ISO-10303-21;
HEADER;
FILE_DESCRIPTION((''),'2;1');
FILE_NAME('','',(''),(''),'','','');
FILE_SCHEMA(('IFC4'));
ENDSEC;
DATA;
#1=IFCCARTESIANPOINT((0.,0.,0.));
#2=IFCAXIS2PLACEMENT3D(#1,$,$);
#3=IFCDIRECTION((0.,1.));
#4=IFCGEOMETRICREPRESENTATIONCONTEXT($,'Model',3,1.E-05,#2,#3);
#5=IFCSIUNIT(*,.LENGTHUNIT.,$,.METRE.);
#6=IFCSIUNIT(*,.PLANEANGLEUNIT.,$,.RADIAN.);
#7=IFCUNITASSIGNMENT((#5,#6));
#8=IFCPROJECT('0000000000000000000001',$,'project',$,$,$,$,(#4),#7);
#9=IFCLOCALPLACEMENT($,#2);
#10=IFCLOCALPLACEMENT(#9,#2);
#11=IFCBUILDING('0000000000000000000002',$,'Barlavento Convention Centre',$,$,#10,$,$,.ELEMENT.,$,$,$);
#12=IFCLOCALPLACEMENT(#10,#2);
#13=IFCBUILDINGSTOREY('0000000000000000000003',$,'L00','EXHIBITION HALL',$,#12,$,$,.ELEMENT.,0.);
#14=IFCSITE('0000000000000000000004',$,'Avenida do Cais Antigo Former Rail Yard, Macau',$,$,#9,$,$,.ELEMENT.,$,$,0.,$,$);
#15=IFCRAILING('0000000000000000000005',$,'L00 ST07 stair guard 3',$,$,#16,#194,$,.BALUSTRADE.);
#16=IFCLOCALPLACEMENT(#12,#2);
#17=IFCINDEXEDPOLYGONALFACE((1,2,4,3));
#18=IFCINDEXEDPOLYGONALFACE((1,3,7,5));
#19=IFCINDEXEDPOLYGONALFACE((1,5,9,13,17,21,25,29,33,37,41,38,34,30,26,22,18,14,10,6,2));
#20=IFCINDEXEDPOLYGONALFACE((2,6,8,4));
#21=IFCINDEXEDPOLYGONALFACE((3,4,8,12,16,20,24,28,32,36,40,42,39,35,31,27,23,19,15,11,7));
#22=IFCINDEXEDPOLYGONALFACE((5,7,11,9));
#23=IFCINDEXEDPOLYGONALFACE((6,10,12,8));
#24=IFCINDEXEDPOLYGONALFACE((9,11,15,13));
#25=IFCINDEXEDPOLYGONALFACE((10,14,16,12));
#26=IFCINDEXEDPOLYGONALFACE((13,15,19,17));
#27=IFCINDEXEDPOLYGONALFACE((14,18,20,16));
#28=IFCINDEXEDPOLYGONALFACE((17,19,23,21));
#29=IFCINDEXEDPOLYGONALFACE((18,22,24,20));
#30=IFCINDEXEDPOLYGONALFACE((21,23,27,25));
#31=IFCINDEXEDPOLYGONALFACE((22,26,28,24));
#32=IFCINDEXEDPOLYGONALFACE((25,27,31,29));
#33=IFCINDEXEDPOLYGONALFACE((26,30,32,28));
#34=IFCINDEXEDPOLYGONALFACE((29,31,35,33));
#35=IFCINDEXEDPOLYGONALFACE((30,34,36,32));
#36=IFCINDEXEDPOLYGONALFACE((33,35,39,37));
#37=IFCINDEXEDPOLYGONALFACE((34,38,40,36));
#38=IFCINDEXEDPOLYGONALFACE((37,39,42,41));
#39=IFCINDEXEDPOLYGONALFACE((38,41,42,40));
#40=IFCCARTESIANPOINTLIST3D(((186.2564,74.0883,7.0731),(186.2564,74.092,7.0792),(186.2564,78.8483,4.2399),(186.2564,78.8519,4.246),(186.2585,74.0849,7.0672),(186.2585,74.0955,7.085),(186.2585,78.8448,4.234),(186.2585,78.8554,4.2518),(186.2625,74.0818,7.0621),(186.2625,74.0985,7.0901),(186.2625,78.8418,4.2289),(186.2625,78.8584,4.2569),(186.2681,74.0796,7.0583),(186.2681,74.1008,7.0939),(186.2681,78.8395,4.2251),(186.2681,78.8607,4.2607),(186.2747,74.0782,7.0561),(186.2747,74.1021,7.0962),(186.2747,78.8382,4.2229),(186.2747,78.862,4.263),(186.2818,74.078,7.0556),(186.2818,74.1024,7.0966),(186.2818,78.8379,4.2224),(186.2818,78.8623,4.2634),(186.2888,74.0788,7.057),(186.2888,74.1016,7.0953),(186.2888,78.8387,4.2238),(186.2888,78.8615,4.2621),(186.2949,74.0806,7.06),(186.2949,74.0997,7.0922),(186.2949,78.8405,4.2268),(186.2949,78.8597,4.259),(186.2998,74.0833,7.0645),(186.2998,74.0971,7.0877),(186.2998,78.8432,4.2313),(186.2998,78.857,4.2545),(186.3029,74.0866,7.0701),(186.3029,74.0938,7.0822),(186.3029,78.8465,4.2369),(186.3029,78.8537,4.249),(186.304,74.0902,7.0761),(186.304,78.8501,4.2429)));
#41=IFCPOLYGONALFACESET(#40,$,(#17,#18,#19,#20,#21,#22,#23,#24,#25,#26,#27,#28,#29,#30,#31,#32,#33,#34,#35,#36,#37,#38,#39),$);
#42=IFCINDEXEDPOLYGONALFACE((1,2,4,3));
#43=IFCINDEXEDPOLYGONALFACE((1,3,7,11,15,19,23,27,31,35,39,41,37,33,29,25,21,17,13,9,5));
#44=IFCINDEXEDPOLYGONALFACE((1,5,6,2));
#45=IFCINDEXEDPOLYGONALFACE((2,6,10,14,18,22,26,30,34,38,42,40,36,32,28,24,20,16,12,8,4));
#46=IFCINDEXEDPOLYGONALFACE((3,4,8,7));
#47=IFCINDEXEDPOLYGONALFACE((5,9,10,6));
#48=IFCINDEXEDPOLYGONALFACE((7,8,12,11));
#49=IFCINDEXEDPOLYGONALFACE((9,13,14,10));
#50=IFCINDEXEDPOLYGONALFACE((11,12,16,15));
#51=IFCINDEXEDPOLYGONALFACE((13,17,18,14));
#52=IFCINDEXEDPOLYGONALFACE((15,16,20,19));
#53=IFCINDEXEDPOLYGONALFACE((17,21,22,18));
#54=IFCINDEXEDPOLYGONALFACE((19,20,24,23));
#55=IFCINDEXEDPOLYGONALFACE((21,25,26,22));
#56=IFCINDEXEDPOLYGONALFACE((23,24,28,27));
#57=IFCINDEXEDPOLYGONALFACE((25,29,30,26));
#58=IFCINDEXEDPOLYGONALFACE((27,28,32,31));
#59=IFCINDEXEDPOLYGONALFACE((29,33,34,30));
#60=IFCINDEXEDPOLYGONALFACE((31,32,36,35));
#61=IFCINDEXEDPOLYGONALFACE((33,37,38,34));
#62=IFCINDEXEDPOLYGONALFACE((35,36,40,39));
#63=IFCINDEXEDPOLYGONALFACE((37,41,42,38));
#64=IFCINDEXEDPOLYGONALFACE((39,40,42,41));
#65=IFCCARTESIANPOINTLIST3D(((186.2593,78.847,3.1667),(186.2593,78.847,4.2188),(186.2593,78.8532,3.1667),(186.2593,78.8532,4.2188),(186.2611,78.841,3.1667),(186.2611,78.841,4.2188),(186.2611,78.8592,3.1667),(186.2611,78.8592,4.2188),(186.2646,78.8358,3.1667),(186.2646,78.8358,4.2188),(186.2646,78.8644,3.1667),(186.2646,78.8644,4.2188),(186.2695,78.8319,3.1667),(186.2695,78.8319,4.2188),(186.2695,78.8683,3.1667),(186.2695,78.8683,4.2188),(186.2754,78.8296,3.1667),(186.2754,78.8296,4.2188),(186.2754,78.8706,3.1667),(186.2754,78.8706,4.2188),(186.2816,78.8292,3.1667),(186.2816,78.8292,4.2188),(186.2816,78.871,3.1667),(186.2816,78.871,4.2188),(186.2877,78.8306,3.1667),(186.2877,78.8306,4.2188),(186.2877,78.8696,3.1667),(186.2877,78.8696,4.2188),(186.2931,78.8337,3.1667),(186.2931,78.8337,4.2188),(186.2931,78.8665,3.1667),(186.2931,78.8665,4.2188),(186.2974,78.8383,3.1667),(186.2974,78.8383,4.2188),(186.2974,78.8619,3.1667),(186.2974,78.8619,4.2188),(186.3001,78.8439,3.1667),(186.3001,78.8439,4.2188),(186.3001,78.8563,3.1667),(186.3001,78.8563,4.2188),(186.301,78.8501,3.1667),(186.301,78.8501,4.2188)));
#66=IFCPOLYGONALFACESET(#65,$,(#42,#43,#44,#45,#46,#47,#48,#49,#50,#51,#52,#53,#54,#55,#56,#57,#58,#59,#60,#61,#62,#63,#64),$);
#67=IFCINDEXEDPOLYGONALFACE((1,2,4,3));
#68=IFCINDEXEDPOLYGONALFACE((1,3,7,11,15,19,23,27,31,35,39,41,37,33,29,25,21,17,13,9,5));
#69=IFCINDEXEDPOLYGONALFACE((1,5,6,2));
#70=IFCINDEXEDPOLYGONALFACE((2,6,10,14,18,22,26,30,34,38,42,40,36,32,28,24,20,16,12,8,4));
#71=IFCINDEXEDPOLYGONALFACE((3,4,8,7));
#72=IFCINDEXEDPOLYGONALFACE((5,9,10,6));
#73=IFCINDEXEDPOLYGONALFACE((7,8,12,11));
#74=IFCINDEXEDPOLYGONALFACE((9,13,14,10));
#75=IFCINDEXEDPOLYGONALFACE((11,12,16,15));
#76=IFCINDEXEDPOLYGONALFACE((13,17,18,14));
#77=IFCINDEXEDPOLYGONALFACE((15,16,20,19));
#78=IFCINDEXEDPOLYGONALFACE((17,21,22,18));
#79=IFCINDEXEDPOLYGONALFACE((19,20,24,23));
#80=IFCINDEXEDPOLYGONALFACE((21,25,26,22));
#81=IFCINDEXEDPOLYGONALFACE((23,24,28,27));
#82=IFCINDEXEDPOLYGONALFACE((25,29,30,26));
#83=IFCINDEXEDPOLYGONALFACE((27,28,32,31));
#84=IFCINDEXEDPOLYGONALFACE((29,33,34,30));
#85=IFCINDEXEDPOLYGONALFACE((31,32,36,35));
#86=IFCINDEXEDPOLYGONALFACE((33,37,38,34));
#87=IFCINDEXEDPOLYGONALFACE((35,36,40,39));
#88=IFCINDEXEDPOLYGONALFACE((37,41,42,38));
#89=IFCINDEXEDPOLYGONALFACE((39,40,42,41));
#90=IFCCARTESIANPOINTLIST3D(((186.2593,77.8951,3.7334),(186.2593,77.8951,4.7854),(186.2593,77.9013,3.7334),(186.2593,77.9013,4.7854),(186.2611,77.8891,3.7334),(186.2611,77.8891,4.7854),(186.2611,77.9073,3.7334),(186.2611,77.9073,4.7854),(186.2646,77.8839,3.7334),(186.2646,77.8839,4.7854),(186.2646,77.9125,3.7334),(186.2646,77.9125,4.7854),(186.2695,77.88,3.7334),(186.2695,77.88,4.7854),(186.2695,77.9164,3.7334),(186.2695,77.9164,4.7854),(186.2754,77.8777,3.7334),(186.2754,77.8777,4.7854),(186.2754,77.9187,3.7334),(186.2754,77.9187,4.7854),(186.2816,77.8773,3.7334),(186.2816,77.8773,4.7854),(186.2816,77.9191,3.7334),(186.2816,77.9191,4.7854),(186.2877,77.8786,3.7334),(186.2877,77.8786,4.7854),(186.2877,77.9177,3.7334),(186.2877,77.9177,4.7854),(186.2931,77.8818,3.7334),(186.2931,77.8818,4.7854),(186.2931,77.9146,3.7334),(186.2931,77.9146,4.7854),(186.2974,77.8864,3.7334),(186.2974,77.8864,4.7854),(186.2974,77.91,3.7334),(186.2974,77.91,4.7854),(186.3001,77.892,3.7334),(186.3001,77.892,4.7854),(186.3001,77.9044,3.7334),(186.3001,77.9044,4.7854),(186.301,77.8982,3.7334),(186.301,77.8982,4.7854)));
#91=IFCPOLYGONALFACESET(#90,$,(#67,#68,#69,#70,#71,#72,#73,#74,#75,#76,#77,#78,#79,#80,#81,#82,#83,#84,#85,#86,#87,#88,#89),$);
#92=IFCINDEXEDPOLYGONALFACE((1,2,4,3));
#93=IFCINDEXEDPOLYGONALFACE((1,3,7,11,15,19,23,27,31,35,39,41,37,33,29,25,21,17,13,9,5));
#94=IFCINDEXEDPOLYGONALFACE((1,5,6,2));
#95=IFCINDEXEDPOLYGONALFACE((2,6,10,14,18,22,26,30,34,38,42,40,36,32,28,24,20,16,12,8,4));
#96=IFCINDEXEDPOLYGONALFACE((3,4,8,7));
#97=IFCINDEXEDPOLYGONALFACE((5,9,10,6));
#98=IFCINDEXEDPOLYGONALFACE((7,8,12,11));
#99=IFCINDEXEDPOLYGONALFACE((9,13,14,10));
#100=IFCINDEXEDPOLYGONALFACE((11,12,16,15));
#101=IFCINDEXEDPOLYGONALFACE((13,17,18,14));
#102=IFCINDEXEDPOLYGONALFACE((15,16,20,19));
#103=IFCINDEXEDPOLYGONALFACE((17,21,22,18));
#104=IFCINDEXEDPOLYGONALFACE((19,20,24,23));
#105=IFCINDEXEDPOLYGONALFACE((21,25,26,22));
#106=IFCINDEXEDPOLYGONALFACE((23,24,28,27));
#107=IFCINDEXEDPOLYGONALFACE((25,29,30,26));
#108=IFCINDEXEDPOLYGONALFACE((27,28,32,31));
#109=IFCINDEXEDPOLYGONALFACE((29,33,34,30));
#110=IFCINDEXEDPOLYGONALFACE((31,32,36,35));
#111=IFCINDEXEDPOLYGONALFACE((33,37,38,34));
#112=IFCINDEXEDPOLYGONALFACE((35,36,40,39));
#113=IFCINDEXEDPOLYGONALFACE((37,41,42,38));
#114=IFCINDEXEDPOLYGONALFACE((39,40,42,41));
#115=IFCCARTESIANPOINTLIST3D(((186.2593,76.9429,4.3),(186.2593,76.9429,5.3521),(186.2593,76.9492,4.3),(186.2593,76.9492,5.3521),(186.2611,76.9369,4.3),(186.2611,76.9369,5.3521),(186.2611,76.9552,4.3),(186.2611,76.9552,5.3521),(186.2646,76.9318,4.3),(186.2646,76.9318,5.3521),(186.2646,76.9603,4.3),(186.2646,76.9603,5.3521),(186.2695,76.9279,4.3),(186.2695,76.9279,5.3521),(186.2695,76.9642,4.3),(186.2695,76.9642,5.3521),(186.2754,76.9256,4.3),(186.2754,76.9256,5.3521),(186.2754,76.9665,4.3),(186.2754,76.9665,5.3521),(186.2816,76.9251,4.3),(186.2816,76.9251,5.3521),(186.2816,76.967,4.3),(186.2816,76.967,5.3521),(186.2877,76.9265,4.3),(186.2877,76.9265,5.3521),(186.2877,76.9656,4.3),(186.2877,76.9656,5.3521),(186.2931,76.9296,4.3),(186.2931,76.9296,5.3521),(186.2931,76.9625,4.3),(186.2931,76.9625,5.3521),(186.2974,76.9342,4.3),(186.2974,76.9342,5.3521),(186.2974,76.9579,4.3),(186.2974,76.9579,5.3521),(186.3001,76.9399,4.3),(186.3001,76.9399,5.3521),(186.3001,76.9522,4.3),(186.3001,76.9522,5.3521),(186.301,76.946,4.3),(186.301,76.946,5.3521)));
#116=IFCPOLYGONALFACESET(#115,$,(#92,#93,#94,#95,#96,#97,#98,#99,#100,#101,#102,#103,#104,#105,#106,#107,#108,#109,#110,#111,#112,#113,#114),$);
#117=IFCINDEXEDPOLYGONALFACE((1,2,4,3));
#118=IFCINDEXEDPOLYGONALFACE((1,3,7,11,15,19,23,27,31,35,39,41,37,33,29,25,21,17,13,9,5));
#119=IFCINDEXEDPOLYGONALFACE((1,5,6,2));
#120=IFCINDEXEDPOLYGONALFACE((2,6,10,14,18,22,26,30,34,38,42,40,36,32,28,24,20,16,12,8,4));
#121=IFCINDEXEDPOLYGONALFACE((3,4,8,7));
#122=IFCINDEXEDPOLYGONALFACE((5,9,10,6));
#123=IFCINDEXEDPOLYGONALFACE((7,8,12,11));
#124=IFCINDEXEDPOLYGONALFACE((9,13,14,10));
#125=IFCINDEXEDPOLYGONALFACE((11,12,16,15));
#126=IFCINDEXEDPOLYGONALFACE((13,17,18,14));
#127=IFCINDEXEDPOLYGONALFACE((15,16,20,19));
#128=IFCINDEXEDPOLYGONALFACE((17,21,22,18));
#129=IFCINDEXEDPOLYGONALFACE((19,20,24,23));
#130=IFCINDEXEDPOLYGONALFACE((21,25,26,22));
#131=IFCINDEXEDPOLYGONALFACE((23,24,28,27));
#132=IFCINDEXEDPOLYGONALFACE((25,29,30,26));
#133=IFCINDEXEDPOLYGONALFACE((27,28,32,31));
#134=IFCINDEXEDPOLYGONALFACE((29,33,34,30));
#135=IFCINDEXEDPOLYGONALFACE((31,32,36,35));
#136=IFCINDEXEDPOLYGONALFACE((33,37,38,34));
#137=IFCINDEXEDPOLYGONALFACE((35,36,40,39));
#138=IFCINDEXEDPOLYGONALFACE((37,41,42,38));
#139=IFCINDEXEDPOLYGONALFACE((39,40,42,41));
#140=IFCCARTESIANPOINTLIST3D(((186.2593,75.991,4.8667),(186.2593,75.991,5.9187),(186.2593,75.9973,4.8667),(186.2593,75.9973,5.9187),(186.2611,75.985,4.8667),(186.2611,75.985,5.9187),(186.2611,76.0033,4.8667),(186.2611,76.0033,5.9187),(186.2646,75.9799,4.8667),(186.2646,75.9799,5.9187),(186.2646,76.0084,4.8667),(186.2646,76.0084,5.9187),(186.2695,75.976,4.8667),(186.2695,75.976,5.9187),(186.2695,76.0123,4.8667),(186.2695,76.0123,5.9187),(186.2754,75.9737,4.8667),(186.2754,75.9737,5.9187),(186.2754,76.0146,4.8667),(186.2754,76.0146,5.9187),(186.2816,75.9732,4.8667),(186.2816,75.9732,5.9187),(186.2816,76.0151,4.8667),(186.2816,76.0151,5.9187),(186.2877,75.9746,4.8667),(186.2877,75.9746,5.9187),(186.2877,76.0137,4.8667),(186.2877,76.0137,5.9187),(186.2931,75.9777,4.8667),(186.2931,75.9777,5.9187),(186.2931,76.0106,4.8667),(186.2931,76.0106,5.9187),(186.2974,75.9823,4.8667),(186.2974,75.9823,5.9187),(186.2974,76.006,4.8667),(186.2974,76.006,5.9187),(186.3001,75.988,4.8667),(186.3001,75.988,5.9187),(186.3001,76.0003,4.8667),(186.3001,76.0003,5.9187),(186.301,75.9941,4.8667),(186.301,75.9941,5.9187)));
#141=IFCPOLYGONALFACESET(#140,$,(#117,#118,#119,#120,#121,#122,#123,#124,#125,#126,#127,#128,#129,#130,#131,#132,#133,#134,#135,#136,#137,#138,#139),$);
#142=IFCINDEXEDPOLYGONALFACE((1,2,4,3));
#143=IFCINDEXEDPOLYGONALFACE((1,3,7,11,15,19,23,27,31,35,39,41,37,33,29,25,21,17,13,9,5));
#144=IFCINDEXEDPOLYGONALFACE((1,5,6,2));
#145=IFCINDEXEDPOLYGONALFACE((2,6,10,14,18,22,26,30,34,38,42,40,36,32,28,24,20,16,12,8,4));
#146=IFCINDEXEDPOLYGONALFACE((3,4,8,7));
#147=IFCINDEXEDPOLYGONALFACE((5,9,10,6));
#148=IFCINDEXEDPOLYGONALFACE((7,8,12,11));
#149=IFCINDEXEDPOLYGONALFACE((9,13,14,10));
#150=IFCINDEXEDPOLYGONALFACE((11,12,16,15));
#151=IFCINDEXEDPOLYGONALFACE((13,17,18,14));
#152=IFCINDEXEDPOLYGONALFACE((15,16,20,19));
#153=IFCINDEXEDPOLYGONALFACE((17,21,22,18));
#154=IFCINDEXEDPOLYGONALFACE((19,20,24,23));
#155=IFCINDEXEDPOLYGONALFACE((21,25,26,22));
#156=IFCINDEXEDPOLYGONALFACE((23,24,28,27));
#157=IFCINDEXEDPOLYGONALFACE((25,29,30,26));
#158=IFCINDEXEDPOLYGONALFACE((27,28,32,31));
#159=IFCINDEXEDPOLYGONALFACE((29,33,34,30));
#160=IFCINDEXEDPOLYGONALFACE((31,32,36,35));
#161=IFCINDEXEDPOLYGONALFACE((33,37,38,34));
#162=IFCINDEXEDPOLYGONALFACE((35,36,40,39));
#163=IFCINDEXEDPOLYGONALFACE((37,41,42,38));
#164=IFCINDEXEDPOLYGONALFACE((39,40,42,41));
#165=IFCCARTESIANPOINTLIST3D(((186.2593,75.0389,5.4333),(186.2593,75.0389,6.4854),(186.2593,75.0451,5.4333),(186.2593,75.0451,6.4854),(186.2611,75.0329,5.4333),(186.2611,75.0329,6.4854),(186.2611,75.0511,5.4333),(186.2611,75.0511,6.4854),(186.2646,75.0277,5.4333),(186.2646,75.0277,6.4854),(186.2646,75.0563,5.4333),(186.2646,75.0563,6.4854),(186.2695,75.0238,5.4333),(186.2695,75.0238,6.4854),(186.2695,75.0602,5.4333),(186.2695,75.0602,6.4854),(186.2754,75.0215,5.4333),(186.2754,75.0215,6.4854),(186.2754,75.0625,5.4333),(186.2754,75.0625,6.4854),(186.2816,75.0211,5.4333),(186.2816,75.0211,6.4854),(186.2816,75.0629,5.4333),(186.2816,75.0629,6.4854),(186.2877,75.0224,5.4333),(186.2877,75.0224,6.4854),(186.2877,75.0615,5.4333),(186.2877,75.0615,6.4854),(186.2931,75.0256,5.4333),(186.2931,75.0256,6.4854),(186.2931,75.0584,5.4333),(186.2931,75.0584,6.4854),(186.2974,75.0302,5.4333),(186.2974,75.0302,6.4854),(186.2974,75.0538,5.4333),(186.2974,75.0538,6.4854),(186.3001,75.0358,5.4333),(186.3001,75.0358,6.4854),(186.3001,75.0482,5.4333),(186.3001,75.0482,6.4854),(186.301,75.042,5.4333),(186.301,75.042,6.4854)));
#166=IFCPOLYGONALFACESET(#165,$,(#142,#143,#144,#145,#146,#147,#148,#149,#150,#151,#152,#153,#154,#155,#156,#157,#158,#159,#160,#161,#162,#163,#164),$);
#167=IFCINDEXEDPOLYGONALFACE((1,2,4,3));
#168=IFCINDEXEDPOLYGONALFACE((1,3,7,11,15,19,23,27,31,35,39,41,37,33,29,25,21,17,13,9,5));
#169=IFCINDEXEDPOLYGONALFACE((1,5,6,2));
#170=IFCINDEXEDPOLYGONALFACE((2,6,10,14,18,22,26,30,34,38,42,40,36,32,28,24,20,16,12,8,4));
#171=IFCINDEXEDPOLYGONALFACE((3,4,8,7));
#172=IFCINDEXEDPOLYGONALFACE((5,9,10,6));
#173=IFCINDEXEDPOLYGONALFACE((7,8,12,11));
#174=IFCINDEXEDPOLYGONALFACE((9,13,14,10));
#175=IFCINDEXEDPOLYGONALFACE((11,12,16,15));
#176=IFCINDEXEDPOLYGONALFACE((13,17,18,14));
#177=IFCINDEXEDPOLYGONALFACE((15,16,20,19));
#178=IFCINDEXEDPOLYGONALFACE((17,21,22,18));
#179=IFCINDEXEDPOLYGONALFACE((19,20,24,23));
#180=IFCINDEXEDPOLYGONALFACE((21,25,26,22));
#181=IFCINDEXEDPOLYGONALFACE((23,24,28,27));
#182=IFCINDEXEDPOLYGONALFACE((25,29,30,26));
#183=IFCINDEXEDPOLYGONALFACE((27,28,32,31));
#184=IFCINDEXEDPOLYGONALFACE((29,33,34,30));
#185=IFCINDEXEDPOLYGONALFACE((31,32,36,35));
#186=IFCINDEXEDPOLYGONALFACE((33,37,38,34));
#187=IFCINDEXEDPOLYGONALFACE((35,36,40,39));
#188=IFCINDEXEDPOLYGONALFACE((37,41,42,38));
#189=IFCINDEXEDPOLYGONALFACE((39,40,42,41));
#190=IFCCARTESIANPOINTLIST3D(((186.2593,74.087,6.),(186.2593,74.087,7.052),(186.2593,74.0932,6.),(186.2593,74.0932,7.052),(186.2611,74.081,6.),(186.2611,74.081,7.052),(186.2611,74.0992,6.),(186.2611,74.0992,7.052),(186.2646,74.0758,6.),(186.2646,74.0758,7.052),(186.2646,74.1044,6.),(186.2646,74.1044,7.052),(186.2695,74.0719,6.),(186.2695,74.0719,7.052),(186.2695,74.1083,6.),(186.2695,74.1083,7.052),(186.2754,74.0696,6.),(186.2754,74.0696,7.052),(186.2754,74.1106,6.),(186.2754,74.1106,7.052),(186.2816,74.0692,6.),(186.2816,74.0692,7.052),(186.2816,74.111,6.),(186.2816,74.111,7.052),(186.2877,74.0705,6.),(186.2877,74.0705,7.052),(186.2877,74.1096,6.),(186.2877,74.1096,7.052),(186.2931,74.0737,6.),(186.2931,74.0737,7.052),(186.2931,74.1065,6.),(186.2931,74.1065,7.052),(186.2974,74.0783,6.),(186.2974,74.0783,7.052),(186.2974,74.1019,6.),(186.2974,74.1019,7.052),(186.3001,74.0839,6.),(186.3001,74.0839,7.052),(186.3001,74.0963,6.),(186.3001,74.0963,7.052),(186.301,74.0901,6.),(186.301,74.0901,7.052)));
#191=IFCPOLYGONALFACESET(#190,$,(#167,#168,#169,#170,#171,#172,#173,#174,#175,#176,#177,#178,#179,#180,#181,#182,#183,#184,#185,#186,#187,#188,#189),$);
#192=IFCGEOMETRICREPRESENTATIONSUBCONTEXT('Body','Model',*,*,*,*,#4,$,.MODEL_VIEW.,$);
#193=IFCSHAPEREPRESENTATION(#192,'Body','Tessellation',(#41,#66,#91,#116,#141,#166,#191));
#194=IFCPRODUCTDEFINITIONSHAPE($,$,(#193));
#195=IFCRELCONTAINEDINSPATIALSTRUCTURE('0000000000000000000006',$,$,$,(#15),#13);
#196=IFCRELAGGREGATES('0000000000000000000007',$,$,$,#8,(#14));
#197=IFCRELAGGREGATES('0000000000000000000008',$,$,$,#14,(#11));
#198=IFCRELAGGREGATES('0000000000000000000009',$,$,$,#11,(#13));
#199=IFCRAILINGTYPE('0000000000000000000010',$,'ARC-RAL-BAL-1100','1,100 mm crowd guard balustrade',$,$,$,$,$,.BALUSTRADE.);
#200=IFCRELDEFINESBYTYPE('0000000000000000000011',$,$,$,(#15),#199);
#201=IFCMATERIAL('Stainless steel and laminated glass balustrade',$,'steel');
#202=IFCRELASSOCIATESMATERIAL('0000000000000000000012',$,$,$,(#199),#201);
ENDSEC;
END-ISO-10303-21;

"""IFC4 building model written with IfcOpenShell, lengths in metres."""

from ifc_helpers import new_model, si_unit, direction, frame, origin, origin_2d, place, context, subcontext, project, spatial, circle, extrude, material, type_object, element, save


model = new_model("IFC4")

# Units and contexts
model_context = context("Model", 3, precision=1e-05, world=origin(), true_north=direction((0.0, 1.0)))
body_context = subcontext(model_context, "Body", "Model", "MODEL_VIEW")
ifc_project = project(units=[si_unit("LENGTHUNIT", "METRE"), si_unit("PLANEANGLEUNIT", "RADIAN")], contexts=[model_context])

# Site, building, storey
site_placement = place(None, origin())
site = spatial("IfcSite", under=ifc_project, at=site_placement, Name="Avenida do Cais Antigo Former Rail Yard, Macau", CompositionType="ELEMENT", RefElevation=0.0)
building_placement = place(site_placement, origin())
building = spatial("IfcBuilding", under=site, at=building_placement, Name="Barlavento Convention Centre", CompositionType="ELEMENT")
storey_placement = place(building_placement, origin())
storey = spatial("IfcBuildingStorey", under=building, at=storey_placement, Name="L00", Description="EXHIBITION HALL", CompositionType="ELEMENT", Elevation=0.0)

# Railing
ifc_material_1 = material(Name="Stainless steel and laminated glass balustrade", Category="steel")
railing_type = type_object("IfcRailingType", Name="ARC-RAL-BAL-1100", Description="1,100 mm crowd guard balustrade", PredefinedType="BALUSTRADE", material=ifc_material_1)
railing_1_placement = place(storey_placement, frame((186.28, 78.8501, 3.1667)))
element("IfcRailing", 1, at=railing_1_placement, inside=storey, type_object=railing_type, Name="L00 ST07 stair guard 3", PredefinedType="BALUSTRADE", context=body_context, shape_type="SweptSolid", body=[
    extrude(circle(Radius=0.0239, at=origin_2d()), frame((0.0, 0.0, 1.0762), z_axis=(0.0, -0.8593, 0.511472), x_axis=(1.0, 0.0, 0.0)), (0.0, 0.0, 1.0), 5.5393),
    extrude(circle(Radius=0.021, at=origin_2d()), origin(), (0.0, 0.0, 1.0), 1.052),
    extrude(circle(Radius=0.021, at=origin_2d()), frame((0.0, -0.9519, 0.5667)), (0.0, 0.0, 1.0), 1.052),
    extrude(circle(Radius=0.021, at=origin_2d()), frame((0.0, -1.9041, 1.1333)), (0.0, 0.0, 1.0), 1.052),
    extrude(circle(Radius=0.021, at=origin_2d()), frame((0.0, -2.856, 1.7)), (0.0, 0.0, 1.0), 1.052),
    extrude(circle(Radius=0.021, at=origin_2d()), frame((0.0, -3.8081, 2.2666)), (0.0, 0.0, 1.0), 1.052),
    extrude(circle(Radius=0.021, at=origin_2d()), frame((0.0, -4.76, 2.8333)), (0.0, 0.0, 1.0), 1.052),
])

save(model, "model.ifc")
